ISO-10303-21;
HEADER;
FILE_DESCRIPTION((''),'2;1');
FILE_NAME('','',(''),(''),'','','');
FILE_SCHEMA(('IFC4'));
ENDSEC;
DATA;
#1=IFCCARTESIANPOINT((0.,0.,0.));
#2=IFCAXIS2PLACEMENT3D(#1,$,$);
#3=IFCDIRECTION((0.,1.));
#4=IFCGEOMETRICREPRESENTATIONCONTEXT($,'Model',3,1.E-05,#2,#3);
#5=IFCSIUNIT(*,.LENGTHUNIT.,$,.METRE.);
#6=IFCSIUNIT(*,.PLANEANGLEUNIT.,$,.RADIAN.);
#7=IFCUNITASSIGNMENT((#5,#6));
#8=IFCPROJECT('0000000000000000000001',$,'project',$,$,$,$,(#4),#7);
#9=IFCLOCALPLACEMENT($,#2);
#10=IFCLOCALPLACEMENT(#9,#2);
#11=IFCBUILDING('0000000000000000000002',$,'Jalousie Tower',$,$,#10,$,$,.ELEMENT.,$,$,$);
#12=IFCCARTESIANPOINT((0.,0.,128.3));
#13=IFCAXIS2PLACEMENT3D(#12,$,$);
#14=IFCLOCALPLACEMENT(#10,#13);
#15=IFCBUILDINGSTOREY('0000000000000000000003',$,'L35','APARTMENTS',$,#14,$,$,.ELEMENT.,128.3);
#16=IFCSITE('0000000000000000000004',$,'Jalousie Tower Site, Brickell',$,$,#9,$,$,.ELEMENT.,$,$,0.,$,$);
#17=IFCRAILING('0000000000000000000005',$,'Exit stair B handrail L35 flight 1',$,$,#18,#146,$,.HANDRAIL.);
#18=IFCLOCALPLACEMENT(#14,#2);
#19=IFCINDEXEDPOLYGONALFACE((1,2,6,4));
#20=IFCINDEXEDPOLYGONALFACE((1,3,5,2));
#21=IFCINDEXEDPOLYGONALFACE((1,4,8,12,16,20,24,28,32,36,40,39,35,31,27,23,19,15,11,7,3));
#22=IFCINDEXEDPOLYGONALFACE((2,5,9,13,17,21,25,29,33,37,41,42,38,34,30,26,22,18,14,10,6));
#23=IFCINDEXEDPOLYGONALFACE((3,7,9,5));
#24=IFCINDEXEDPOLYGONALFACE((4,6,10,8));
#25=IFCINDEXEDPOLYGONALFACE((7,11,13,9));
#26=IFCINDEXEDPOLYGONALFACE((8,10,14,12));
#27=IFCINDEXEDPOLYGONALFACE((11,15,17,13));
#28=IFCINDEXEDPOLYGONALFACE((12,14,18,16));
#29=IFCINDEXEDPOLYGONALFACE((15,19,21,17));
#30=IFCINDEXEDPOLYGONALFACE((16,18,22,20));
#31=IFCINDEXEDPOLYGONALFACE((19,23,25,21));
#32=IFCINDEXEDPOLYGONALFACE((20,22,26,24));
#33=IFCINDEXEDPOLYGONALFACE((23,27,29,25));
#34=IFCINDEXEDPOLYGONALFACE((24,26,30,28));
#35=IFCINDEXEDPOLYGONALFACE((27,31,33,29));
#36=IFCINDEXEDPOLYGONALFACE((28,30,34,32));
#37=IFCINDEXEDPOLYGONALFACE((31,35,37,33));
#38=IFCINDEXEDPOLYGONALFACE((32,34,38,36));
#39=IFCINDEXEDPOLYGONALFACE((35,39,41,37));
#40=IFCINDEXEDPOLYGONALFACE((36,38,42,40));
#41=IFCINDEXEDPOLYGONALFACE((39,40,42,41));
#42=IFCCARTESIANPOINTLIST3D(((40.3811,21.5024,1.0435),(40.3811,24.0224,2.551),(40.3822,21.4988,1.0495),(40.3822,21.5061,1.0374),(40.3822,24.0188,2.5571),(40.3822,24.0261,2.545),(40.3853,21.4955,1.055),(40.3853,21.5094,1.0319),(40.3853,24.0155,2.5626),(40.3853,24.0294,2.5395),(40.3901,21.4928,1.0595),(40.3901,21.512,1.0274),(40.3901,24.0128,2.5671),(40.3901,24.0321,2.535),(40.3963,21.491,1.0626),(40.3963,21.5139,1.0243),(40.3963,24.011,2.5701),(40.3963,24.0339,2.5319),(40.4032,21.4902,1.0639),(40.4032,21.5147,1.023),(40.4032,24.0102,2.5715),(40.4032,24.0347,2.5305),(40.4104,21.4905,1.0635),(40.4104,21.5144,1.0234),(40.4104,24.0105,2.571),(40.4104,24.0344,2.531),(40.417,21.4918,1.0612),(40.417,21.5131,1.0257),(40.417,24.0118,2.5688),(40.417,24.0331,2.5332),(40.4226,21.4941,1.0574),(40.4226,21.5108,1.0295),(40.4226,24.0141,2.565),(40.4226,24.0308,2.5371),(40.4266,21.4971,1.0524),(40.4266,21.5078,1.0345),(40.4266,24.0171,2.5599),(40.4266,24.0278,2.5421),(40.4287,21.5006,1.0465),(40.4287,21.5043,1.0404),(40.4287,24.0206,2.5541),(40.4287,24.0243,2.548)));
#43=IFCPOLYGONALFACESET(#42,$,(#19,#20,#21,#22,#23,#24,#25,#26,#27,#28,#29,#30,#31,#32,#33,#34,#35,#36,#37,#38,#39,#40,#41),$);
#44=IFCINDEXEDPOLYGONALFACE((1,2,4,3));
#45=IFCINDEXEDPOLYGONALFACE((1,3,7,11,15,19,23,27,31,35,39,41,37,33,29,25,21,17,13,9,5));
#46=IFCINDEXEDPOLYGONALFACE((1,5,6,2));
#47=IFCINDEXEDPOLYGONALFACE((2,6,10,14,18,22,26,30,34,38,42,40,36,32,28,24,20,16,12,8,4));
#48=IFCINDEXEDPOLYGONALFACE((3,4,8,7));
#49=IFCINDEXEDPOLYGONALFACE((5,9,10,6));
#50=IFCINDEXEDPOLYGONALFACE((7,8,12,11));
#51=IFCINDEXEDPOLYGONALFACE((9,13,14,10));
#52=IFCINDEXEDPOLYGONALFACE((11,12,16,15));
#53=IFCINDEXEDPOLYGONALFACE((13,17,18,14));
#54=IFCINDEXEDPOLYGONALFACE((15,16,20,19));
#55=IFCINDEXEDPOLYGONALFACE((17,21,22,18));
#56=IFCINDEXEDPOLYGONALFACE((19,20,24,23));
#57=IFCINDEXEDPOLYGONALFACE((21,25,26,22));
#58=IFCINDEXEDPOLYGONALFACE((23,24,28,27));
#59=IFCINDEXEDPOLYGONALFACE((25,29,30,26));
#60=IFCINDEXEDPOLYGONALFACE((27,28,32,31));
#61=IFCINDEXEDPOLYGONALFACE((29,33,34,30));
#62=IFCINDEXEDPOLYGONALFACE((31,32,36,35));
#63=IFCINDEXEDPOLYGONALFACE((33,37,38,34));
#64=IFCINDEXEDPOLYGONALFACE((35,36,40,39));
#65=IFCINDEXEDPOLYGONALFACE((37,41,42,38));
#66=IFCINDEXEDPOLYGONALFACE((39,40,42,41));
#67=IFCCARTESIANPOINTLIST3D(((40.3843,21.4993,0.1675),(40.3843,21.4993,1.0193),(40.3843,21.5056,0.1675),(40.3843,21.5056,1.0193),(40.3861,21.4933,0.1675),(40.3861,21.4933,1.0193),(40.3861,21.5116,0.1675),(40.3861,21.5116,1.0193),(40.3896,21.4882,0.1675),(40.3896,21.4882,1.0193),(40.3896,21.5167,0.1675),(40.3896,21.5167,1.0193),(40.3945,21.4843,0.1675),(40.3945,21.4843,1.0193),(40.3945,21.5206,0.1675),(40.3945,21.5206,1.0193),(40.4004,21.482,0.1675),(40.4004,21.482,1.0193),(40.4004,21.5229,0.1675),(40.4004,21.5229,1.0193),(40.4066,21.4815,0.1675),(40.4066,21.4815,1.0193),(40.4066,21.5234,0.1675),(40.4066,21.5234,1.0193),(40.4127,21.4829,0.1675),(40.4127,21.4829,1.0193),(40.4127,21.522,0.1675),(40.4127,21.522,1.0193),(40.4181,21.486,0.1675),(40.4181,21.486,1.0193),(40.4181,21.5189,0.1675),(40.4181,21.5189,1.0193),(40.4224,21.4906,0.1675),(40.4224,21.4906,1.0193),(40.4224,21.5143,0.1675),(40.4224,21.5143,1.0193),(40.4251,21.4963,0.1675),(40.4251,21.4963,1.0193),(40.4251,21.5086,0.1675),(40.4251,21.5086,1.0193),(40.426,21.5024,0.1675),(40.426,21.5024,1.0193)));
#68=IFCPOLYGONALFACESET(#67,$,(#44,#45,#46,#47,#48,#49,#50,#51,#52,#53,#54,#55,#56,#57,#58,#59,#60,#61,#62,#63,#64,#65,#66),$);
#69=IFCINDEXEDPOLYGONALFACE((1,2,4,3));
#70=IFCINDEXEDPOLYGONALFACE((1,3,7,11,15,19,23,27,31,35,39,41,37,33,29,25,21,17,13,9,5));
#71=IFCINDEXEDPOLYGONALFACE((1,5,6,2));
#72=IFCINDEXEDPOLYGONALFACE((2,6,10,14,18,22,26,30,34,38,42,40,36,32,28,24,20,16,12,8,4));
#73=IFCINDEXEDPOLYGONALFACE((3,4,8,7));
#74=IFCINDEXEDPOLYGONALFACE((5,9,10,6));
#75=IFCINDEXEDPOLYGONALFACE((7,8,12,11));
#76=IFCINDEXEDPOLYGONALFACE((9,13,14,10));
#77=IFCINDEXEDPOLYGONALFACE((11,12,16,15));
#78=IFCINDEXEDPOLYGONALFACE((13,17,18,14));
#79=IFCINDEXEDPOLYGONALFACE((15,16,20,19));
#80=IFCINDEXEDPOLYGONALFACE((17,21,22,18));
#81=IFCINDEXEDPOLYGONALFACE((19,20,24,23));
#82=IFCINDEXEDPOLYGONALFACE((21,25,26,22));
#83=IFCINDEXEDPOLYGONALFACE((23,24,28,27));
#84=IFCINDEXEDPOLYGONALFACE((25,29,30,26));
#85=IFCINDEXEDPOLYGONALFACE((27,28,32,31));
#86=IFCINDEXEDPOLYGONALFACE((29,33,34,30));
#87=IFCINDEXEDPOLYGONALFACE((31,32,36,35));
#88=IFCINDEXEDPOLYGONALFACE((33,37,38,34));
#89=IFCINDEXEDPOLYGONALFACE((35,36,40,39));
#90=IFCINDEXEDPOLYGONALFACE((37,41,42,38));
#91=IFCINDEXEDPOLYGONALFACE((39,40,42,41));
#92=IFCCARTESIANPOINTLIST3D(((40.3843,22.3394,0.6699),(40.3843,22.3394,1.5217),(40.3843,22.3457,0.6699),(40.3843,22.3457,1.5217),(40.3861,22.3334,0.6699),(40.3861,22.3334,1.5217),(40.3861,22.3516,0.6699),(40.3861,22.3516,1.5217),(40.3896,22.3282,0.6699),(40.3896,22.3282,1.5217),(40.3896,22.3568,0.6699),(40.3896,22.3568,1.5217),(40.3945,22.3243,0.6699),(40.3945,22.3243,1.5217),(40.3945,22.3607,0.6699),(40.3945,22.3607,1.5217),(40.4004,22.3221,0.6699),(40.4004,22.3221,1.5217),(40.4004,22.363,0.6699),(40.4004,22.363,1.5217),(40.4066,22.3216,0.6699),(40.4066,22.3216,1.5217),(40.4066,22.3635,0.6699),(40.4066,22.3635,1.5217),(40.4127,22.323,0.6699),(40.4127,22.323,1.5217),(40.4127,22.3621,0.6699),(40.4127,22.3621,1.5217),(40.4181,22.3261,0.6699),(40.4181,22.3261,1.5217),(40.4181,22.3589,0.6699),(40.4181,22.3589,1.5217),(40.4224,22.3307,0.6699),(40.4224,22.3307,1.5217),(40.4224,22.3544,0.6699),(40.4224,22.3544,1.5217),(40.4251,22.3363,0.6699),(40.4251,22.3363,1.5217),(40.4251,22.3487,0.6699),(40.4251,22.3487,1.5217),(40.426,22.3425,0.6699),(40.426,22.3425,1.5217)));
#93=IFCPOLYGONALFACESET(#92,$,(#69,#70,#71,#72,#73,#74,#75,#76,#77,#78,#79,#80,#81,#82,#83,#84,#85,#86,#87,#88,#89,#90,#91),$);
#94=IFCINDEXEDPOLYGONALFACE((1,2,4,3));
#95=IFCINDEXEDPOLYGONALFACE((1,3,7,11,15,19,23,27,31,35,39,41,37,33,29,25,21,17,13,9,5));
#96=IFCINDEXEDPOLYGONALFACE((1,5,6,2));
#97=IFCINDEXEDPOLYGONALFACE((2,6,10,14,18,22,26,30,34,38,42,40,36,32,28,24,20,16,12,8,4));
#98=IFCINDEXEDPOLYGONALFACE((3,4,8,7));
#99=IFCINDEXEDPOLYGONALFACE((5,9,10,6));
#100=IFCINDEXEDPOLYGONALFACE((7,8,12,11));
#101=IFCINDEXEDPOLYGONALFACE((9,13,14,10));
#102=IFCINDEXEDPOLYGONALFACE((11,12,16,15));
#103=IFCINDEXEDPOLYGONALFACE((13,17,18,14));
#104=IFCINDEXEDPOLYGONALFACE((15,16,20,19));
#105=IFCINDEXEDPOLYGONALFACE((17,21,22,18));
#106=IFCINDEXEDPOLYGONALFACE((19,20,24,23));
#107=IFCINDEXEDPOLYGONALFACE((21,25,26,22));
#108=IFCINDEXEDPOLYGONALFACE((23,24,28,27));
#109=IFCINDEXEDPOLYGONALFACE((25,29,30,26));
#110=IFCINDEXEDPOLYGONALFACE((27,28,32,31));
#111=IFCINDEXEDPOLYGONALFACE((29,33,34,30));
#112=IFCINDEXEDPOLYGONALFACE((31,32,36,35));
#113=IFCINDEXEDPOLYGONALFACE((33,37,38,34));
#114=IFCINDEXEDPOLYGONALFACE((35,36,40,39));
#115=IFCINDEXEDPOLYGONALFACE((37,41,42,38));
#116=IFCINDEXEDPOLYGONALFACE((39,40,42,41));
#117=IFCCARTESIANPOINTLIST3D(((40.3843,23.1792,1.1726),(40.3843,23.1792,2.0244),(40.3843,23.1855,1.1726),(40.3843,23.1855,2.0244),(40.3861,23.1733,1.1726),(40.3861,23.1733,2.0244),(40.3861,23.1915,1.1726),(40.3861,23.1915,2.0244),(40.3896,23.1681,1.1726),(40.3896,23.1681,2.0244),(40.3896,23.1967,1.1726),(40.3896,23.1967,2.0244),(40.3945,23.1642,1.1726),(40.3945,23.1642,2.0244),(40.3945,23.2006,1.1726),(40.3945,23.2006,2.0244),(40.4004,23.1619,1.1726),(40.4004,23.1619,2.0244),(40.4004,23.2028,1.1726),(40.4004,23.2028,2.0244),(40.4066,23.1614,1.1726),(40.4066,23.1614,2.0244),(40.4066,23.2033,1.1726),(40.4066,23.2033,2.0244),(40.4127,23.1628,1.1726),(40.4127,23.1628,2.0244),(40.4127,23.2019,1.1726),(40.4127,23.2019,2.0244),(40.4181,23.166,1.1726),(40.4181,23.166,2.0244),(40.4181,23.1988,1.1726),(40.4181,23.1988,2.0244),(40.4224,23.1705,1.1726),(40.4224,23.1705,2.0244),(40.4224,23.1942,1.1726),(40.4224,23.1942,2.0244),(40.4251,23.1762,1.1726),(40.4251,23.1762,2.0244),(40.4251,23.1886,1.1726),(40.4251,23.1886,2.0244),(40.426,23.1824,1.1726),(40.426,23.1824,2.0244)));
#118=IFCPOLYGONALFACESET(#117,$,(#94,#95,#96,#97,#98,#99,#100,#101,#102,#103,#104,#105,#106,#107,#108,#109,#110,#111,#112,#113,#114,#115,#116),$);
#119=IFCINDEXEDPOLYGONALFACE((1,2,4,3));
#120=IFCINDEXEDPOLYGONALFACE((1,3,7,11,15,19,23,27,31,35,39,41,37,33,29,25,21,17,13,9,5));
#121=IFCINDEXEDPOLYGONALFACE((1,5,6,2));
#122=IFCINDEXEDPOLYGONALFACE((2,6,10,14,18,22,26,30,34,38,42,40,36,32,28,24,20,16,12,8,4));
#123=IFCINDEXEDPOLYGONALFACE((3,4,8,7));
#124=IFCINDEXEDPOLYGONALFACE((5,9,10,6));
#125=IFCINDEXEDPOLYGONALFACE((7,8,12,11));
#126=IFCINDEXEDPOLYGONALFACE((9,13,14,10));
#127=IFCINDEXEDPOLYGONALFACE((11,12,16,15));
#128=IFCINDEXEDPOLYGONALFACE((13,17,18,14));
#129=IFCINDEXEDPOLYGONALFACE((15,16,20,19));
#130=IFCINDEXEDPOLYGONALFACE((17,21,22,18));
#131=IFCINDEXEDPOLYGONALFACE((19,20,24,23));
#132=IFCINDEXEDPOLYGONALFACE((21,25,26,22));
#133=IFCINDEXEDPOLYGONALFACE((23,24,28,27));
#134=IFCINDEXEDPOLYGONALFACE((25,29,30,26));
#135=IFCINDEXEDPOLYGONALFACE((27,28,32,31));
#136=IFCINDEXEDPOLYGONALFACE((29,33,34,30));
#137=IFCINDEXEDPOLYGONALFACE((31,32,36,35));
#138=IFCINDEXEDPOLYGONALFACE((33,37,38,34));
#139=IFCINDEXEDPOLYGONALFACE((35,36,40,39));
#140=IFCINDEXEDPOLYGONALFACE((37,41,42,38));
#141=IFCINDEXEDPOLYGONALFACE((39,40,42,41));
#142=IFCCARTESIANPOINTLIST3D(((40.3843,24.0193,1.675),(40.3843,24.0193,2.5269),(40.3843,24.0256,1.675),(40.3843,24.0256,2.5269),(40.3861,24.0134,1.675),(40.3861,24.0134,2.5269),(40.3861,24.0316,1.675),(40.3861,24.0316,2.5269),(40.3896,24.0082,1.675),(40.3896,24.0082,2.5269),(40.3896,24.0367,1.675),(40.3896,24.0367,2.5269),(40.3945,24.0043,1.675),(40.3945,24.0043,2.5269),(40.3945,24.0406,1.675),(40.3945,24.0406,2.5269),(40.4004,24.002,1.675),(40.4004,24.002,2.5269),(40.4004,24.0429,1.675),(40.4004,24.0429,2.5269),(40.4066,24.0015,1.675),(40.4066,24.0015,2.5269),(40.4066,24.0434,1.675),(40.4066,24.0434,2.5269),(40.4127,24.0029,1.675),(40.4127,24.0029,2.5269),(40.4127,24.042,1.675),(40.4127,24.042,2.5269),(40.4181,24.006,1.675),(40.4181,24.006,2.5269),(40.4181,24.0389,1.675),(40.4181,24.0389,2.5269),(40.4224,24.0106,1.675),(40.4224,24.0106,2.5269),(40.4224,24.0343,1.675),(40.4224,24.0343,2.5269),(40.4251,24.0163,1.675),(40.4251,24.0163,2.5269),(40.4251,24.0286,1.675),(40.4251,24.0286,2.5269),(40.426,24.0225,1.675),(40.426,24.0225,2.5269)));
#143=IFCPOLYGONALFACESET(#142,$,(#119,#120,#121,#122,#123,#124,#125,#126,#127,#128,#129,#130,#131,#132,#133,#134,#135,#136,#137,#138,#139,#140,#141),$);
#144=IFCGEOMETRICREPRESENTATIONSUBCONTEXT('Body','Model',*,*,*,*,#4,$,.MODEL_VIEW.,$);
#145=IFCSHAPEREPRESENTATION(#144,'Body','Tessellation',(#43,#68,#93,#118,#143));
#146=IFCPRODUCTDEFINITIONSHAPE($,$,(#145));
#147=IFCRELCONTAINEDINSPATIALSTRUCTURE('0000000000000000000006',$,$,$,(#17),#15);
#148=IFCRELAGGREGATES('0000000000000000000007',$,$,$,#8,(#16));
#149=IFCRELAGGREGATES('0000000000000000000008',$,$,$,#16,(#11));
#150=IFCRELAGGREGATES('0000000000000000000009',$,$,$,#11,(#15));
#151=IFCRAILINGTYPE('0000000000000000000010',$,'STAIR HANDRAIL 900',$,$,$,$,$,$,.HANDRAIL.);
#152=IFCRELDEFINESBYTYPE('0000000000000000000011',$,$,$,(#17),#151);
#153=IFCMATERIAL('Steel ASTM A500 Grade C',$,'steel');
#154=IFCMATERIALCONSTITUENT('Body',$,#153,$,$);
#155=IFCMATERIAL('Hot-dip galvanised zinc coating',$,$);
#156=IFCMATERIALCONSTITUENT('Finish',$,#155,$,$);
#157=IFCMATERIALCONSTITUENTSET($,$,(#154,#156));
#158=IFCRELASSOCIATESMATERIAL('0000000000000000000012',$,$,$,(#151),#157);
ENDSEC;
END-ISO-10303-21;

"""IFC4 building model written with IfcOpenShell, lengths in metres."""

from ifc_helpers import new_model, si_unit, direction, frame, origin, origin_2d, place, context, subcontext, project, spatial, circle, extrude, material, constituent, constituent_set, type_object, element, save


model = new_model("IFC4")

# Units and contexts
model_context = context("Model", 3, precision=1e-05, world=origin(), true_north=direction((0.0, 1.0)))
body_context = subcontext(model_context, "Body", "Model", "MODEL_VIEW")
ifc_project = project(units=[si_unit("LENGTHUNIT", "METRE"), si_unit("PLANEANGLEUNIT", "RADIAN")], contexts=[model_context])

# Site, building, storey
site_placement = place(None, origin())
site = spatial("IfcSite", under=ifc_project, at=site_placement, Name="Jalousie Tower Site, Brickell", CompositionType="ELEMENT", RefElevation=0.0)
building_placement = place(site_placement, origin())
building = spatial("IfcBuilding", under=site, at=building_placement, Name="Jalousie Tower", CompositionType="ELEMENT")
storey_placement = place(building_placement, frame((0.0, 0.0, 128.3)))
storey = spatial("IfcBuildingStorey", under=building, at=storey_placement, Name="L35", Description="APARTMENTS", CompositionType="ELEMENT", Elevation=128.3)

# Railing
ifc_material_1 = material(Name="Steel ASTM A500 Grade C", Category="steel")
ifc_constituent_1 = constituent(ifc_material_1, Name="Body")
ifc_material_2 = material(Name="Hot-dip galvanised zinc coating")
ifc_constituent_2 = constituent(ifc_material_2, Name="Finish")
ifc_constituent_set_1 = constituent_set(constituents=[ifc_constituent_1, ifc_constituent_2])
railing_type_1 = type_object("IfcRailingType", Name="STAIR HANDRAIL 900", PredefinedType="HANDRAIL", material=ifc_constituent_set_1)
railing_1_placement = place(storey_placement, frame((40.405, 21.5024, 0.1675)))
element("IfcRailing", 1, at=railing_1_placement, inside=storey, type_object=railing_type_1, Name="Exit stair B handrail L35 flight 1", PredefinedType="HANDRAIL", context=body_context, shape_type="SweptSolid", body=[
    extrude(circle(Radius=0.0239, at=origin_2d()), frame((0.0, 0.0, 0.876), z_axis=(0.0, 0.85816, 0.513383), x_axis=(-1.0, 0.0, 0.0)), (0.0, 0.0, 1.0), 2.9365),
    extrude(circle(Radius=0.021, at=origin_2d()), origin(), (0.0, 0.0, 1.0), 0.8518),
    extrude(circle(Radius=0.021, at=origin_2d()), frame((0.0, 0.8401, 0.5024)), (0.0, 0.0, 1.0), 0.8518),
    extrude(circle(Radius=0.021, at=origin_2d()), frame((0.0, 1.6799, 1.0051)), (0.0, 0.0, 1.0), 0.8518),
    extrude(circle(Radius=0.021, at=origin_2d()), frame((0.0, 2.52, 1.5076)), (0.0, 0.0, 1.0), 0.8518),
])

save(model, "model.ifc")
